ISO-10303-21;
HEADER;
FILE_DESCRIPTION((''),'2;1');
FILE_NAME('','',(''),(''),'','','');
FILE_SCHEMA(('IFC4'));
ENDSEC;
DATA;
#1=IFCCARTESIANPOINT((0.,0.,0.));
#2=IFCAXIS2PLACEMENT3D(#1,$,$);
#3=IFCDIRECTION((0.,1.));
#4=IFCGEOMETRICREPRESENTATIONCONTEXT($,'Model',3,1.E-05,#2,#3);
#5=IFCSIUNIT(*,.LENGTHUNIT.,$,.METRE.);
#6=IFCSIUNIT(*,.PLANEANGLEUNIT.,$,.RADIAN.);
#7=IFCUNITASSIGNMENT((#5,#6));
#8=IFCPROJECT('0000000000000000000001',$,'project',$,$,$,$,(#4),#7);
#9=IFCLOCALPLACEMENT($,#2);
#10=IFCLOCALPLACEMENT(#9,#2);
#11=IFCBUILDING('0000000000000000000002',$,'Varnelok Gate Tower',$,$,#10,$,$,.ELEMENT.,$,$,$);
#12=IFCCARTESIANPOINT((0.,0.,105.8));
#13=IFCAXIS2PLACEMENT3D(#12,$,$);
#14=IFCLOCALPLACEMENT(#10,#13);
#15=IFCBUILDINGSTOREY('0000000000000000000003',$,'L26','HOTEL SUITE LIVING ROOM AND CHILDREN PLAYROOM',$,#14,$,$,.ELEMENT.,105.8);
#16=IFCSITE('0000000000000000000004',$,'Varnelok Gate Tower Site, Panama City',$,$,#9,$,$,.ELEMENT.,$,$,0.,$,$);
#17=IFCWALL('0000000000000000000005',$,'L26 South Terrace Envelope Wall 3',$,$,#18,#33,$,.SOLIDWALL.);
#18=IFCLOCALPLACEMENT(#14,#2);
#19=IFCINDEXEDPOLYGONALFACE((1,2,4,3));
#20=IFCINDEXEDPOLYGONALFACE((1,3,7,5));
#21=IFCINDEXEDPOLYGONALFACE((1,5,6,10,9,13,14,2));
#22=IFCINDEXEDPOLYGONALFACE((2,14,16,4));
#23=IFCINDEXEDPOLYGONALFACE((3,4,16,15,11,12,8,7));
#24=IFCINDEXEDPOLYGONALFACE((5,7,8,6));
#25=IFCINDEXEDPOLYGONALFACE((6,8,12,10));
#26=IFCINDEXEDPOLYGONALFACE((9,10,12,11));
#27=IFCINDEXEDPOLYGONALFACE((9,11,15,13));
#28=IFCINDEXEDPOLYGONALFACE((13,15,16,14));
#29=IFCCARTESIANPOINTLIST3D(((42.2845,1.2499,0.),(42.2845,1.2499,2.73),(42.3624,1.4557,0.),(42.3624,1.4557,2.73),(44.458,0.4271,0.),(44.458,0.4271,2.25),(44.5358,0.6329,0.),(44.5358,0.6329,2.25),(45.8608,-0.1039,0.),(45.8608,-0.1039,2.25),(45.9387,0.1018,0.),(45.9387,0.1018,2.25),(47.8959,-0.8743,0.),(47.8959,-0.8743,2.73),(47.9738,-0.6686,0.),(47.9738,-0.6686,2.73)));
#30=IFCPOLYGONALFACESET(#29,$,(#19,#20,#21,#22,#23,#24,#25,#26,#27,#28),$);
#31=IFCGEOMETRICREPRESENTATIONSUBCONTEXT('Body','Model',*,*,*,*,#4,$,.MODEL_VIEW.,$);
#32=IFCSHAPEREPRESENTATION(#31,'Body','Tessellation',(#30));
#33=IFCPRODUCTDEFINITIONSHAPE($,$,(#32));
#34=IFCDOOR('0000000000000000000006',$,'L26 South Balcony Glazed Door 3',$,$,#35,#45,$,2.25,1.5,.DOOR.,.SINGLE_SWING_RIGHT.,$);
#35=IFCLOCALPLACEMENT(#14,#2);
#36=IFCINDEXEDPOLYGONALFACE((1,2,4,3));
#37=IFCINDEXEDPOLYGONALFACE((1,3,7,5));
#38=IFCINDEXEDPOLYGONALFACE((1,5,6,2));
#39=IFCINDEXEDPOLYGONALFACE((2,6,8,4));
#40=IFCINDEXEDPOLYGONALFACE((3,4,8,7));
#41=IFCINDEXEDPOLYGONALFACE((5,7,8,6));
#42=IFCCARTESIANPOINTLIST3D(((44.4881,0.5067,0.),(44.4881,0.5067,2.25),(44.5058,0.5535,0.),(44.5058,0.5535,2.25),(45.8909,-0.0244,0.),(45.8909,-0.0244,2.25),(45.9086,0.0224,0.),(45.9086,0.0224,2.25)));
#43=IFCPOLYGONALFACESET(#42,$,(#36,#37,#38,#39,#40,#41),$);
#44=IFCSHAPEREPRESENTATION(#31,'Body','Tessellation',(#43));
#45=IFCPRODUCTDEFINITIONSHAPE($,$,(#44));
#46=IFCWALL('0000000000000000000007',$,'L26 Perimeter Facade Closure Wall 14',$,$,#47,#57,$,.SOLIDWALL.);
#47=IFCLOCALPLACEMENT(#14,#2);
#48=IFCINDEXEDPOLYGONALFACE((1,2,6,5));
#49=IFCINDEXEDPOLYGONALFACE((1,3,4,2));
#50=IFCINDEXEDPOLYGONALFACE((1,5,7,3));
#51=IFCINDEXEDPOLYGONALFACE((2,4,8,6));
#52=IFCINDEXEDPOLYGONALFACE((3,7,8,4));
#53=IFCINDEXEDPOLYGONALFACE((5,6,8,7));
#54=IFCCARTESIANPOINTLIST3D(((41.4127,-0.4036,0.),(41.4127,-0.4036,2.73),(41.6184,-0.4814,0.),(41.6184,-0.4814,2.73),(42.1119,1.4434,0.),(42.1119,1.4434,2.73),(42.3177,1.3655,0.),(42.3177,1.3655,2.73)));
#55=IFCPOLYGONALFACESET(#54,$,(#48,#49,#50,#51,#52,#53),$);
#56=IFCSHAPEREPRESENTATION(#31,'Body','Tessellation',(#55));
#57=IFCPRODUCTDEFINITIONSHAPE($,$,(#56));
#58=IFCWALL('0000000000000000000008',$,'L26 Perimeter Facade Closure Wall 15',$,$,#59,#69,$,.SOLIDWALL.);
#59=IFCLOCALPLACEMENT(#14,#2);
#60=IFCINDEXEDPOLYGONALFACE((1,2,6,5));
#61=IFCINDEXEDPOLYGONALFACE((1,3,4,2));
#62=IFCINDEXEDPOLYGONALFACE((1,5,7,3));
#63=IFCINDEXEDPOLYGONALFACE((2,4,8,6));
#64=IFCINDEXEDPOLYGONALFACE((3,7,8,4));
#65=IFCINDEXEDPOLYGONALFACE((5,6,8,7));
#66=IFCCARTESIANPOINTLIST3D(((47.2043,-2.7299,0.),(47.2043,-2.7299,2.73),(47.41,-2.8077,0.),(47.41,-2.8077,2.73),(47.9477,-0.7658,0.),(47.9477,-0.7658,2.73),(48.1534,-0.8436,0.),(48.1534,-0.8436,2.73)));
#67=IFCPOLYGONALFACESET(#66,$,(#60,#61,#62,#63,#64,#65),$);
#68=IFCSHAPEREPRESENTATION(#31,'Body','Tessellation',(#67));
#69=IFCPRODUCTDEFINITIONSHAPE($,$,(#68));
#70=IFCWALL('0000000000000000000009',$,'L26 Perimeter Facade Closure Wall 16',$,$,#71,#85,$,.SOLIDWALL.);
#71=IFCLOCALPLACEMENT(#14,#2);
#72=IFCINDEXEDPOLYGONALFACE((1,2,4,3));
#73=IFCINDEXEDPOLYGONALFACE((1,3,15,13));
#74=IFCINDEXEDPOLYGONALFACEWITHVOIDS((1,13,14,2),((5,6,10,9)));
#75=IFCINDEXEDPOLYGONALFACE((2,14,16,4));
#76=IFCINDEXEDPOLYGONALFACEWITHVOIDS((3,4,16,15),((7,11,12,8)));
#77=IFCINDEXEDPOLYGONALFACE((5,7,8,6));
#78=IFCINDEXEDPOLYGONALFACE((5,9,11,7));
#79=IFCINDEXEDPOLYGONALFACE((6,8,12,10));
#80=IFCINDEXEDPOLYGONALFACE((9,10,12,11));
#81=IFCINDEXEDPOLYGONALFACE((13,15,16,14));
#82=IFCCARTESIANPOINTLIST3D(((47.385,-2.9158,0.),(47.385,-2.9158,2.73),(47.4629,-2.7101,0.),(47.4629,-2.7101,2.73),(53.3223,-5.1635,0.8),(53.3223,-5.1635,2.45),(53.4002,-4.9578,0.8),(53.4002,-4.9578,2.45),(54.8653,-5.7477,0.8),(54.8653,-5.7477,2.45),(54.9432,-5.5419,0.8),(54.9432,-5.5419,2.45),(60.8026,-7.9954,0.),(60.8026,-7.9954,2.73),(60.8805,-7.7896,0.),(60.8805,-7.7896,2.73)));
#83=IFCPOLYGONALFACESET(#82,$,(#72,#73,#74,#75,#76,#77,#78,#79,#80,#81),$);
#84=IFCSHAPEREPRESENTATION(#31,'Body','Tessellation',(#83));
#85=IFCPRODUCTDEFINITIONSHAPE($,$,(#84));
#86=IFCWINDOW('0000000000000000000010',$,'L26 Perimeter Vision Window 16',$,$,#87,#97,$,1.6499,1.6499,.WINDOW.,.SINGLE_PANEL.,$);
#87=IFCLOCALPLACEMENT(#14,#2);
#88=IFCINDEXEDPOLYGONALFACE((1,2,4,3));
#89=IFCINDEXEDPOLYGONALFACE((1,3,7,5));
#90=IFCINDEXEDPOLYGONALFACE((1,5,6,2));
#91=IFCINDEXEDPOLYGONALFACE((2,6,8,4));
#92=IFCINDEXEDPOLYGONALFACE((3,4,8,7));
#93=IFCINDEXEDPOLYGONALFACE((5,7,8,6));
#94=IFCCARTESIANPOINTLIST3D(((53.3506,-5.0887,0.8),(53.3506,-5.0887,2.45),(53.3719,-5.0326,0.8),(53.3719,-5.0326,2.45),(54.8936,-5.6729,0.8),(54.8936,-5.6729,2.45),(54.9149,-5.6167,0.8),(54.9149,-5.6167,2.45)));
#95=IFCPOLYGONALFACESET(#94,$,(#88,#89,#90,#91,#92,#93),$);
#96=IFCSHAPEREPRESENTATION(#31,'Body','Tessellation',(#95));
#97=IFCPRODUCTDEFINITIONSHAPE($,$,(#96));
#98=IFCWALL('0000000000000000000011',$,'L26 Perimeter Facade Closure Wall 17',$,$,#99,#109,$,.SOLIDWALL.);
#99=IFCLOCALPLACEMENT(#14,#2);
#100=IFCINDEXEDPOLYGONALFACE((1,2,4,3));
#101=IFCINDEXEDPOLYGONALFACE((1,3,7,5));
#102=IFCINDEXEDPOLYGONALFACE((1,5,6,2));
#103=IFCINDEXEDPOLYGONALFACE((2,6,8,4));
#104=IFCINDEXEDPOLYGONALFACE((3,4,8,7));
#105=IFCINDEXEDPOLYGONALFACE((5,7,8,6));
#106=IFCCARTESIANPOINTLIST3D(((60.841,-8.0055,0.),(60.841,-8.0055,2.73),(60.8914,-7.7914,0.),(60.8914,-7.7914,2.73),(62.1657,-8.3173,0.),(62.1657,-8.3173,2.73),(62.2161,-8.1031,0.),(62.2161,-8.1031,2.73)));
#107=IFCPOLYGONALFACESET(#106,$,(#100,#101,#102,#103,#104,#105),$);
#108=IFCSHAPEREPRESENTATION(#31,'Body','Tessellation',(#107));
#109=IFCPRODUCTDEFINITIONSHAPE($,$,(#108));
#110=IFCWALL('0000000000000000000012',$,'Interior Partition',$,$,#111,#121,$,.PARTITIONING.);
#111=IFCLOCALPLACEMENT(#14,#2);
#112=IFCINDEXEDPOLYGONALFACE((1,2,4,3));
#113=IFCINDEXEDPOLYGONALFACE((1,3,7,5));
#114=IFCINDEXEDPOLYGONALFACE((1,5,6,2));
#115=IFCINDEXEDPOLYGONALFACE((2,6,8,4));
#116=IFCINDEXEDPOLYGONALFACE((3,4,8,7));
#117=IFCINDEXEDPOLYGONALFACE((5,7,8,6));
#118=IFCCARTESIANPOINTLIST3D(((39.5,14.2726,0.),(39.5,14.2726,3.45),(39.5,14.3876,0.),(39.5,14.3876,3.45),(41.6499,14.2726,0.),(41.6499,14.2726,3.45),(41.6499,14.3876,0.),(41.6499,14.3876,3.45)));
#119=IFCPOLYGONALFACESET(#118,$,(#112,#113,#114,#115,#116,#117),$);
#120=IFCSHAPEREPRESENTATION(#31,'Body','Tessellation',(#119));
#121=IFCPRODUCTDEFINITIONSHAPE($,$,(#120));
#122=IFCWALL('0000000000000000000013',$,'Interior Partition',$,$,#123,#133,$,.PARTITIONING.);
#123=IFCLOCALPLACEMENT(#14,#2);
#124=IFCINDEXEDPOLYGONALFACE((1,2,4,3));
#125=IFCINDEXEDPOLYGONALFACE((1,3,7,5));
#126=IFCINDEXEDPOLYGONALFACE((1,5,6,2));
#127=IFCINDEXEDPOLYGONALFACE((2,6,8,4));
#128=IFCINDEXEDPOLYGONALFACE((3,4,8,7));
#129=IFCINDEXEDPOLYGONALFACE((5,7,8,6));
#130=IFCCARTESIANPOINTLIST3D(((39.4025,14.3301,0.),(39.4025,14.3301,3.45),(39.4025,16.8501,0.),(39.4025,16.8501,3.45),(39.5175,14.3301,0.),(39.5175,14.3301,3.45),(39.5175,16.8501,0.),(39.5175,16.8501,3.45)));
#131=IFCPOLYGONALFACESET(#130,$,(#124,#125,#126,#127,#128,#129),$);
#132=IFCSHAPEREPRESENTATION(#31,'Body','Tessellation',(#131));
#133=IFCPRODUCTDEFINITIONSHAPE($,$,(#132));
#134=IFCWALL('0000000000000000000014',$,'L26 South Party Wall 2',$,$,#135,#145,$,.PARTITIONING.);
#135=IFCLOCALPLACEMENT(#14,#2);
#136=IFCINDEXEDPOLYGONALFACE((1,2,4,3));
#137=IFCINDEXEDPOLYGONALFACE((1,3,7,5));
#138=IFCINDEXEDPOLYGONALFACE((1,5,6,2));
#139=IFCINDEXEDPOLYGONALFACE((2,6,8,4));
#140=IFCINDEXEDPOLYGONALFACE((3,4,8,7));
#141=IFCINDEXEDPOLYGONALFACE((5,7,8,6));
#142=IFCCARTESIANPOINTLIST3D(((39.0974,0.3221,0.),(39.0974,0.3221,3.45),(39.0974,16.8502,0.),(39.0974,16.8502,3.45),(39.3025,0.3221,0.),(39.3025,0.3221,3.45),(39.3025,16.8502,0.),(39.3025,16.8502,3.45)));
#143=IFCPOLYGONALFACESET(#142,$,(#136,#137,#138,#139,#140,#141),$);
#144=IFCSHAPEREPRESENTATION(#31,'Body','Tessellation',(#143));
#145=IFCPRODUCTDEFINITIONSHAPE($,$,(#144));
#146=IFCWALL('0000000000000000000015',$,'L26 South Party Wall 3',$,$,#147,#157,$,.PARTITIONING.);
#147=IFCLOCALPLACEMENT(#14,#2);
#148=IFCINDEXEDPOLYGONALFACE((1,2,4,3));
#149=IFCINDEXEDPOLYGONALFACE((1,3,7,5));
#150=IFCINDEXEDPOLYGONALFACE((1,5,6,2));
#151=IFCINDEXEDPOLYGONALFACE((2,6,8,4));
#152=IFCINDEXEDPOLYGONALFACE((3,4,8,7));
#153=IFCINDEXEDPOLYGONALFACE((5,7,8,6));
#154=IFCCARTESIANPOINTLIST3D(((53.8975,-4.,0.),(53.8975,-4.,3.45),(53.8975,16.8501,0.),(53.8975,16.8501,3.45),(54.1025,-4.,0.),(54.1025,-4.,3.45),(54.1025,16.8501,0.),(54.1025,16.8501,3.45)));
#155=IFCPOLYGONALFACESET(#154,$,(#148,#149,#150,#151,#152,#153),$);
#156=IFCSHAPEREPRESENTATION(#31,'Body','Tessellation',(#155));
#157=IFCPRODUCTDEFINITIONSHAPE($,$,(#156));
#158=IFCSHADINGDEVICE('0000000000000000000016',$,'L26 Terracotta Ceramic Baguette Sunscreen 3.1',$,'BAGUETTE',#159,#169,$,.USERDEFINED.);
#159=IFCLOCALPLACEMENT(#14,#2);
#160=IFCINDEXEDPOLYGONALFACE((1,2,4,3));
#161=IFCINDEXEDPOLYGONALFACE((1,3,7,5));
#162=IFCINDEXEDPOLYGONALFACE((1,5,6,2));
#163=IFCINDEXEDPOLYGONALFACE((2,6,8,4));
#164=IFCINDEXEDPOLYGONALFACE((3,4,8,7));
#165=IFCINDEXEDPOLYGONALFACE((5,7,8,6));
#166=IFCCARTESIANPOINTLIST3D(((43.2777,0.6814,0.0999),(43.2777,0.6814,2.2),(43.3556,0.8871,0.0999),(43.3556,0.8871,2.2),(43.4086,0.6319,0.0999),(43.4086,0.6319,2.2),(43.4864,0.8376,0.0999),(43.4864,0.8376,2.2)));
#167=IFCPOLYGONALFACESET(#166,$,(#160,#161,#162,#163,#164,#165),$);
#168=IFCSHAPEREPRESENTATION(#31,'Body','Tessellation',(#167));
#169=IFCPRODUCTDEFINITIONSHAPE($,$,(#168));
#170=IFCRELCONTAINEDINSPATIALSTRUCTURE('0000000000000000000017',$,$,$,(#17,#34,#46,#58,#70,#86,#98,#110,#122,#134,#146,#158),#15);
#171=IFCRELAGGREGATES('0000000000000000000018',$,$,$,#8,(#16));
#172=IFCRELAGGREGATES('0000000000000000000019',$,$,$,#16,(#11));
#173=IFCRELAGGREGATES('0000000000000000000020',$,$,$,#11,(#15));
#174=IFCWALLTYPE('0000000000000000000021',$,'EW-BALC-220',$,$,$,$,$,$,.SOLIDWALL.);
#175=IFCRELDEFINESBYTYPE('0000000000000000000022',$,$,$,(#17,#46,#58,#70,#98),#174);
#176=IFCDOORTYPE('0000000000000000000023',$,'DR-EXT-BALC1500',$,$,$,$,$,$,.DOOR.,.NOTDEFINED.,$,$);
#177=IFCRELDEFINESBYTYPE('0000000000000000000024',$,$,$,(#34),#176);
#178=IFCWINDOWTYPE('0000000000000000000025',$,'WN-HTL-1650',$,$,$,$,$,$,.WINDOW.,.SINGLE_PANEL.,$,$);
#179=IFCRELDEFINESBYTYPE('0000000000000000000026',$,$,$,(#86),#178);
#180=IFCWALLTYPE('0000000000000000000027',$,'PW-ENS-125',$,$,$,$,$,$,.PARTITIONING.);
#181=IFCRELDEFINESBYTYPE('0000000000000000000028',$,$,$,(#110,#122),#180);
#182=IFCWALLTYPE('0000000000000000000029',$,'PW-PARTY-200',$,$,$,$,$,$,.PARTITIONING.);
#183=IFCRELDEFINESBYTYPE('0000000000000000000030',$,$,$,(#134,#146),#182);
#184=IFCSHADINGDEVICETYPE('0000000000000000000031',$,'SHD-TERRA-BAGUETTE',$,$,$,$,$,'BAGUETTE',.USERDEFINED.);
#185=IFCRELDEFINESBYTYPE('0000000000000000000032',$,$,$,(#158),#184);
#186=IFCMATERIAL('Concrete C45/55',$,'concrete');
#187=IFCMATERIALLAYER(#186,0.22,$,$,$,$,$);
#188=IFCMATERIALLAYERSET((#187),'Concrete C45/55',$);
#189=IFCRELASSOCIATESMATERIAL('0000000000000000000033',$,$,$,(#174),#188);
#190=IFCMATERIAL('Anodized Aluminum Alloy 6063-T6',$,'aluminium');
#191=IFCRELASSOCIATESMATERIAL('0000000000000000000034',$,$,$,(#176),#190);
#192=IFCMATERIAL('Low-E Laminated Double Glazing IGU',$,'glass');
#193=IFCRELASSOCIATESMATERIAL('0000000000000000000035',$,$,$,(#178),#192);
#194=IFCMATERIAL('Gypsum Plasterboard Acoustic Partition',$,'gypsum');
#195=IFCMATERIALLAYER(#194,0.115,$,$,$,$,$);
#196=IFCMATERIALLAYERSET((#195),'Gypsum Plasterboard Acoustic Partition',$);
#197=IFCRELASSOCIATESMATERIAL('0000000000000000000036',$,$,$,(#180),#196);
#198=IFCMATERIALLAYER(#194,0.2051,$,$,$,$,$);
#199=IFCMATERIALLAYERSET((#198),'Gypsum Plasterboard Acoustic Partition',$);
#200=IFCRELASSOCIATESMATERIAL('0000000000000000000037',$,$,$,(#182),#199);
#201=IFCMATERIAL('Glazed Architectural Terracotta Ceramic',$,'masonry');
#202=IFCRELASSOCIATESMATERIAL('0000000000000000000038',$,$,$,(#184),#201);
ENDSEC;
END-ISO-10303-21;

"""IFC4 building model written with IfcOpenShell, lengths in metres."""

from ifc_helpers import new_model, si_unit, direction, frame, frame_2d, origin, origin_2d, place, context, subcontext, project, spatial, rectangle, extrude, source, transform, mapped, material, layer, layer_set, type_object, element, fill, save


model = new_model("IFC4")

# Units and contexts
model_context = context("Model", 3, precision=1e-05, world=origin(), true_north=direction((0.0, 1.0)))
body_context = subcontext(model_context, "Body", "Model", "MODEL_VIEW")
ifc_project = project(units=[si_unit("LENGTHUNIT", "METRE"), si_unit("PLANEANGLEUNIT", "RADIAN")], contexts=[model_context])

# Site, building, storey
site_placement = place(None, origin())
site = spatial("IfcSite", under=ifc_project, at=site_placement, Name="Varnelok Gate Tower Site, Panama City", CompositionType="ELEMENT", RefElevation=0.0)
building_placement = place(site_placement, origin())
building = spatial("IfcBuilding", under=site, at=building_placement, Name="Varnelok Gate Tower", CompositionType="ELEMENT")
storey_placement = place(building_placement, frame((0.0, 0.0, 105.8)))
storey = spatial("IfcBuildingStorey", under=building, at=storey_placement, Name="L26", Description="HOTEL SUITE LIVING ROOM AND CHILDREN PLAYROOM", CompositionType="ELEMENT", Elevation=105.8)

# Shared definitions
ifc_material_1 = material(Name="Anodized Aluminum Alloy 6063-T6", Category="aluminium")

# Wall, opening, door
ifc_material_2 = material(Name="Concrete C45/55", Category="concrete")
ifc_layer_1 = layer(ifc_material_2, 0.22)
ifc_layer_set_1 = layer_set([ifc_layer_1], Name="Concrete C45/55")
wall_type_1 = type_object("IfcWallType", Name="EW-BALC-220", PredefinedType="SOLIDWALL", material=ifc_layer_set_1)
wall_1_placement = place(storey_placement, frame((47.9348, -0.7715, 0.0), z_axis=(0.0, 0.0, 1.0), x_axis=(-0.935228, 0.354047, 0.0)))
wall_1 = element("IfcWall", 1, at=wall_1_placement, inside=storey, type_object=wall_type_1, Name="L26 South Terrace Envelope Wall 3", PredefinedType="SOLIDWALL", context=body_context, shape_type="SweptSolid", body=[
    extrude(rectangle(XDim=6.0, YDim=0.22, at=frame_2d((3.0, 0.0))), origin(), (0.0, 0.0, 1.0), 2.73),
])
opening_1_placement = place(wall_1_placement, frame((2.176, 0.0, 0.0)))
opening_1 = element("IfcOpeningElement", 2, at=opening_1_placement, cuts=wall_1, PredefinedType="OPENING", context=body_context, shape_type="SweptSolid", body=[
    extrude(rectangle(XDim=1.5, YDim=2.25, at=frame_2d((0.75, 1.125))), frame((0.0, 0.1199, 0.0), z_axis=(0.0, -1.0, 0.0), x_axis=(1.0, 0.0, 0.0)), (0.0, 0.0, 1.0), 0.24),
])
door_type = type_object("IfcDoorType", Name="DR-EXT-BALC1500", OperationType="NOTDEFINED", PredefinedType="DOOR", material=ifc_material_1)
door_placement = place(opening_1_placement, origin())
door = element("IfcDoor", 3, at=door_placement, inside=storey, type_object=door_type, Name="L26 South Balcony Glazed Door 3", OperationType="SINGLE_SWING_RIGHT", OverallHeight=2.25, OverallWidth=1.5, PredefinedType="DOOR", context=body_context, shape_type="SweptSolid", body=[
    extrude(rectangle(XDim=1.5, YDim=2.25, at=frame_2d((0.75, 1.125))), frame((0.0, 0.0249, 0.0), z_axis=(0.0, -1.0, 0.0), x_axis=(1.0, 0.0, 0.0)), (0.0, 0.0, 1.0), 0.05),
])
fill(opening_1, door)

# Walls
wall_2_placement = place(storey_placement, frame((41.5156, -0.4424, 0.0), z_axis=(0.0, 0.0, 1.0), x_axis=(0.354062, 0.935222, 0.0)))
element("IfcWall", 4, at=wall_2_placement, inside=storey, type_object=wall_type_1, Name="L26 Perimeter Facade Closure Wall 14", PredefinedType="SOLIDWALL", context=body_context, shape_type="SweptSolid", body=[
    extrude(rectangle(XDim=1.9749, YDim=0.22, at=frame_2d((0.9873, 0.0))), origin(), (0.0, 0.0, 1.0), 2.73),
])
wall_3_placement = place(storey_placement, frame((48.0505, -0.8047, 0.0), z_axis=(0.0, 0.0, 1.0), x_axis=(-0.353988, -0.93525, 0.0)))
element("IfcWall", 5, at=wall_3_placement, inside=storey, type_object=wall_type_1, Name="L26 Perimeter Facade Closure Wall 15", PredefinedType="SOLIDWALL", context=body_context, shape_type="SweptSolid", body=[
    extrude(rectangle(XDim=2.1001, YDim=0.22, at=frame_2d((1.05, 0.0))), origin(), (0.0, 0.0, 1.0), 2.73),
])

# Wall, opening, window
wall_4_placement = place(storey_placement, frame((47.4241, -2.813, 0.0), z_axis=(0.0, 0.0, 1.0), x_axis=(0.935226, -0.354051, 0.0)))
wall_4 = element("IfcWall", 6, at=wall_4_placement, inside=storey, type_object=wall_type_1, Name="L26 Perimeter Facade Closure Wall 16", PredefinedType="SOLIDWALL", context=body_context, shape_type="SweptSolid", body=[
    extrude(rectangle(XDim=14.3469, YDim=0.22, at=frame_2d((7.1733, 0.0))), origin(), (0.0, 0.0, 1.0), 2.73),
])
opening_2_placement = place(wall_4_placement, frame((6.3484, 0.0, 0.8)))
opening_2 = element("IfcOpeningElement", 7, at=opening_2_placement, cuts=wall_4, PredefinedType="OPENING", context=body_context, shape_type="SweptSolid", body=[
    extrude(rectangle(XDim=1.6499, YDim=1.6499, at=frame_2d((0.825, 0.825))), frame((0.0, 0.1199, 0.0), z_axis=(0.0, -1.0, 0.0), x_axis=(1.0, 0.0, 0.0)), (0.0, 0.0, 1.0), 0.24),
])
ifc_material_3 = material(Name="Low-E Laminated Double Glazing IGU", Category="glass")
window_type = type_object("IfcWindowType", Name="WN-HTL-1650", PartitioningType="SINGLE_PANEL", PredefinedType="WINDOW", material=ifc_material_3)
window_placement = place(opening_2_placement, origin())
window = element("IfcWindow", 8, at=window_placement, inside=storey, type_object=window_type, Name="L26 Perimeter Vision Window 16", OverallHeight=1.6499, OverallWidth=1.6499, PartitioningType="SINGLE_PANEL", PredefinedType="WINDOW", context=body_context, shape_type="SweptSolid", body=[
    extrude(rectangle(XDim=1.6499, YDim=1.6499, at=frame_2d((0.825, 0.825))), frame((0.0, 0.03, 0.0), z_axis=(0.0, -1.0, 0.0), x_axis=(1.0, 0.0, 0.0)), (0.0, 0.0, 1.0), 0.0601),
])
fill(opening_2, window)

# Walls
wall_5_placement = place(storey_placement, frame((60.8662, -7.8984, 0.0), z_axis=(0.0, 0.0, 1.0), x_axis=(0.973405, -0.229089, 0.0)))
element("IfcWall", 9, at=wall_5_placement, inside=storey, type_object=wall_type_1, Name="L26 Perimeter Facade Closure Wall 17", PredefinedType="SOLIDWALL", context=body_context, shape_type="SweptSolid", body=[
    extrude(rectangle(XDim=1.3608, YDim=0.22, at=frame_2d((0.6804, 0.0))), origin(), (0.0, 0.0, 1.0), 2.73),
])
ifc_material_4 = material(Name="Gypsum Plasterboard Acoustic Partition", Category="gypsum")
ifc_layer_2 = layer(ifc_material_4, 0.115)
ifc_layer_set_2 = layer_set([ifc_layer_2], Name="Gypsum Plasterboard Acoustic Partition")
wall_type_2 = type_object("IfcWallType", Name="PW-ENS-125", PredefinedType="PARTITIONING", material=ifc_layer_set_2)
wall_6_placement = place(storey_placement, frame((39.5, 14.3301, 0.0), z_axis=(0.0, 0.0, 1.0), x_axis=(1.0, 0.0, 0.0)))
element("IfcWall", 10, at=wall_6_placement, inside=storey, type_object=wall_type_2, Name="Interior Partition", PredefinedType="PARTITIONING", context=body_context, shape_type="SweptSolid", body=[
    extrude(rectangle(XDim=2.1499, YDim=0.115, at=frame_2d((1.075, 0.0))), origin(), (0.0, 0.0, 1.0), 3.45),
])
wall_7_placement = place(storey_placement, frame((39.46, 14.3301, 0.0), z_axis=(0.0, 0.0, 1.0), x_axis=(0.0, 1.0, 0.0)))
element("IfcWall", 11, at=wall_7_placement, inside=storey, type_object=wall_type_2, Name="Interior Partition", PredefinedType="PARTITIONING", context=body_context, shape_type="SweptSolid", body=[
    extrude(rectangle(XDim=2.52, YDim=0.115, at=frame_2d((1.26, 0.0))), origin(), (0.0, 0.0, 1.0), 3.45),
])
ifc_layer_3 = layer(ifc_material_4, 0.2051)
ifc_layer_set_3 = layer_set([ifc_layer_3], Name="Gypsum Plasterboard Acoustic Partition")
wall_type_3 = type_object("IfcWallType", Name="PW-PARTY-200", PredefinedType="PARTITIONING", material=ifc_layer_set_3)
wall_8_placement = place(storey_placement, frame((39.2, 0.322, 0.0), z_axis=(0.0, 0.0, 1.0), x_axis=(0.0, 1.0, 0.0)))
element("IfcWall", 12, at=wall_8_placement, inside=storey, type_object=wall_type_3, Name="L26 South Party Wall 2", PredefinedType="PARTITIONING", context=body_context, shape_type="SweptSolid", body=[
    extrude(rectangle(XDim=16.5281, YDim=0.2051, at=frame_2d((8.2642, 0.0))), origin(), (0.0, 0.0, 1.0), 3.45),
])
wall_9_placement = place(storey_placement, frame((54.0, -4.0, 0.0), z_axis=(0.0, 0.0, 1.0), x_axis=(0.0, 1.0, 0.0)))
element("IfcWall", 13, at=wall_9_placement, inside=storey, type_object=wall_type_3, Name="L26 South Party Wall 3", PredefinedType="PARTITIONING", context=body_context, shape_type="SweptSolid", body=[
    extrude(rectangle(XDim=20.8501, YDim=0.2051, at=frame_2d((10.425, 0.0))), origin(), (0.0, 0.0, 1.0), 3.45),
])

# Shading device
ifc_material_5 = material(Name="Glazed Architectural Terracotta Ceramic", Category="masonry")
shading_device_type = type_object("IfcShadingDeviceType", Name="SHD-TERRA-BAGUETTE", ElementType="BAGUETTE", PredefinedType="USERDEFINED", material=ifc_material_5)
shared_shape_1 = source(origin(), body_context, "Body", "SweptSolid", [
    extrude(rectangle(XDim=0.1399, YDim=0.22, at=origin_2d()), origin(), (0.0, 0.0, 1.0), 2.1001),
])
shading_device_placement = place(storey_placement, frame((43.3821, 0.7595, 0.0999), z_axis=(0.0, 0.0, 1.0), x_axis=(0.935222, -0.354063, 0.0)))
element("IfcShadingDevice", 14, at=shading_device_placement, inside=storey, type_object=shading_device_type, Name="L26 Terracotta Ceramic Baguette Sunscreen 3.1", ObjectType="BAGUETTE", PredefinedType="USERDEFINED", context=body_context, shape_type="MappedRepresentation", body=[
    mapped(shared_shape_1, transform((0.0, 0.0, 0.0), scale=1.0)),
])

save(model, "model.ifc")
